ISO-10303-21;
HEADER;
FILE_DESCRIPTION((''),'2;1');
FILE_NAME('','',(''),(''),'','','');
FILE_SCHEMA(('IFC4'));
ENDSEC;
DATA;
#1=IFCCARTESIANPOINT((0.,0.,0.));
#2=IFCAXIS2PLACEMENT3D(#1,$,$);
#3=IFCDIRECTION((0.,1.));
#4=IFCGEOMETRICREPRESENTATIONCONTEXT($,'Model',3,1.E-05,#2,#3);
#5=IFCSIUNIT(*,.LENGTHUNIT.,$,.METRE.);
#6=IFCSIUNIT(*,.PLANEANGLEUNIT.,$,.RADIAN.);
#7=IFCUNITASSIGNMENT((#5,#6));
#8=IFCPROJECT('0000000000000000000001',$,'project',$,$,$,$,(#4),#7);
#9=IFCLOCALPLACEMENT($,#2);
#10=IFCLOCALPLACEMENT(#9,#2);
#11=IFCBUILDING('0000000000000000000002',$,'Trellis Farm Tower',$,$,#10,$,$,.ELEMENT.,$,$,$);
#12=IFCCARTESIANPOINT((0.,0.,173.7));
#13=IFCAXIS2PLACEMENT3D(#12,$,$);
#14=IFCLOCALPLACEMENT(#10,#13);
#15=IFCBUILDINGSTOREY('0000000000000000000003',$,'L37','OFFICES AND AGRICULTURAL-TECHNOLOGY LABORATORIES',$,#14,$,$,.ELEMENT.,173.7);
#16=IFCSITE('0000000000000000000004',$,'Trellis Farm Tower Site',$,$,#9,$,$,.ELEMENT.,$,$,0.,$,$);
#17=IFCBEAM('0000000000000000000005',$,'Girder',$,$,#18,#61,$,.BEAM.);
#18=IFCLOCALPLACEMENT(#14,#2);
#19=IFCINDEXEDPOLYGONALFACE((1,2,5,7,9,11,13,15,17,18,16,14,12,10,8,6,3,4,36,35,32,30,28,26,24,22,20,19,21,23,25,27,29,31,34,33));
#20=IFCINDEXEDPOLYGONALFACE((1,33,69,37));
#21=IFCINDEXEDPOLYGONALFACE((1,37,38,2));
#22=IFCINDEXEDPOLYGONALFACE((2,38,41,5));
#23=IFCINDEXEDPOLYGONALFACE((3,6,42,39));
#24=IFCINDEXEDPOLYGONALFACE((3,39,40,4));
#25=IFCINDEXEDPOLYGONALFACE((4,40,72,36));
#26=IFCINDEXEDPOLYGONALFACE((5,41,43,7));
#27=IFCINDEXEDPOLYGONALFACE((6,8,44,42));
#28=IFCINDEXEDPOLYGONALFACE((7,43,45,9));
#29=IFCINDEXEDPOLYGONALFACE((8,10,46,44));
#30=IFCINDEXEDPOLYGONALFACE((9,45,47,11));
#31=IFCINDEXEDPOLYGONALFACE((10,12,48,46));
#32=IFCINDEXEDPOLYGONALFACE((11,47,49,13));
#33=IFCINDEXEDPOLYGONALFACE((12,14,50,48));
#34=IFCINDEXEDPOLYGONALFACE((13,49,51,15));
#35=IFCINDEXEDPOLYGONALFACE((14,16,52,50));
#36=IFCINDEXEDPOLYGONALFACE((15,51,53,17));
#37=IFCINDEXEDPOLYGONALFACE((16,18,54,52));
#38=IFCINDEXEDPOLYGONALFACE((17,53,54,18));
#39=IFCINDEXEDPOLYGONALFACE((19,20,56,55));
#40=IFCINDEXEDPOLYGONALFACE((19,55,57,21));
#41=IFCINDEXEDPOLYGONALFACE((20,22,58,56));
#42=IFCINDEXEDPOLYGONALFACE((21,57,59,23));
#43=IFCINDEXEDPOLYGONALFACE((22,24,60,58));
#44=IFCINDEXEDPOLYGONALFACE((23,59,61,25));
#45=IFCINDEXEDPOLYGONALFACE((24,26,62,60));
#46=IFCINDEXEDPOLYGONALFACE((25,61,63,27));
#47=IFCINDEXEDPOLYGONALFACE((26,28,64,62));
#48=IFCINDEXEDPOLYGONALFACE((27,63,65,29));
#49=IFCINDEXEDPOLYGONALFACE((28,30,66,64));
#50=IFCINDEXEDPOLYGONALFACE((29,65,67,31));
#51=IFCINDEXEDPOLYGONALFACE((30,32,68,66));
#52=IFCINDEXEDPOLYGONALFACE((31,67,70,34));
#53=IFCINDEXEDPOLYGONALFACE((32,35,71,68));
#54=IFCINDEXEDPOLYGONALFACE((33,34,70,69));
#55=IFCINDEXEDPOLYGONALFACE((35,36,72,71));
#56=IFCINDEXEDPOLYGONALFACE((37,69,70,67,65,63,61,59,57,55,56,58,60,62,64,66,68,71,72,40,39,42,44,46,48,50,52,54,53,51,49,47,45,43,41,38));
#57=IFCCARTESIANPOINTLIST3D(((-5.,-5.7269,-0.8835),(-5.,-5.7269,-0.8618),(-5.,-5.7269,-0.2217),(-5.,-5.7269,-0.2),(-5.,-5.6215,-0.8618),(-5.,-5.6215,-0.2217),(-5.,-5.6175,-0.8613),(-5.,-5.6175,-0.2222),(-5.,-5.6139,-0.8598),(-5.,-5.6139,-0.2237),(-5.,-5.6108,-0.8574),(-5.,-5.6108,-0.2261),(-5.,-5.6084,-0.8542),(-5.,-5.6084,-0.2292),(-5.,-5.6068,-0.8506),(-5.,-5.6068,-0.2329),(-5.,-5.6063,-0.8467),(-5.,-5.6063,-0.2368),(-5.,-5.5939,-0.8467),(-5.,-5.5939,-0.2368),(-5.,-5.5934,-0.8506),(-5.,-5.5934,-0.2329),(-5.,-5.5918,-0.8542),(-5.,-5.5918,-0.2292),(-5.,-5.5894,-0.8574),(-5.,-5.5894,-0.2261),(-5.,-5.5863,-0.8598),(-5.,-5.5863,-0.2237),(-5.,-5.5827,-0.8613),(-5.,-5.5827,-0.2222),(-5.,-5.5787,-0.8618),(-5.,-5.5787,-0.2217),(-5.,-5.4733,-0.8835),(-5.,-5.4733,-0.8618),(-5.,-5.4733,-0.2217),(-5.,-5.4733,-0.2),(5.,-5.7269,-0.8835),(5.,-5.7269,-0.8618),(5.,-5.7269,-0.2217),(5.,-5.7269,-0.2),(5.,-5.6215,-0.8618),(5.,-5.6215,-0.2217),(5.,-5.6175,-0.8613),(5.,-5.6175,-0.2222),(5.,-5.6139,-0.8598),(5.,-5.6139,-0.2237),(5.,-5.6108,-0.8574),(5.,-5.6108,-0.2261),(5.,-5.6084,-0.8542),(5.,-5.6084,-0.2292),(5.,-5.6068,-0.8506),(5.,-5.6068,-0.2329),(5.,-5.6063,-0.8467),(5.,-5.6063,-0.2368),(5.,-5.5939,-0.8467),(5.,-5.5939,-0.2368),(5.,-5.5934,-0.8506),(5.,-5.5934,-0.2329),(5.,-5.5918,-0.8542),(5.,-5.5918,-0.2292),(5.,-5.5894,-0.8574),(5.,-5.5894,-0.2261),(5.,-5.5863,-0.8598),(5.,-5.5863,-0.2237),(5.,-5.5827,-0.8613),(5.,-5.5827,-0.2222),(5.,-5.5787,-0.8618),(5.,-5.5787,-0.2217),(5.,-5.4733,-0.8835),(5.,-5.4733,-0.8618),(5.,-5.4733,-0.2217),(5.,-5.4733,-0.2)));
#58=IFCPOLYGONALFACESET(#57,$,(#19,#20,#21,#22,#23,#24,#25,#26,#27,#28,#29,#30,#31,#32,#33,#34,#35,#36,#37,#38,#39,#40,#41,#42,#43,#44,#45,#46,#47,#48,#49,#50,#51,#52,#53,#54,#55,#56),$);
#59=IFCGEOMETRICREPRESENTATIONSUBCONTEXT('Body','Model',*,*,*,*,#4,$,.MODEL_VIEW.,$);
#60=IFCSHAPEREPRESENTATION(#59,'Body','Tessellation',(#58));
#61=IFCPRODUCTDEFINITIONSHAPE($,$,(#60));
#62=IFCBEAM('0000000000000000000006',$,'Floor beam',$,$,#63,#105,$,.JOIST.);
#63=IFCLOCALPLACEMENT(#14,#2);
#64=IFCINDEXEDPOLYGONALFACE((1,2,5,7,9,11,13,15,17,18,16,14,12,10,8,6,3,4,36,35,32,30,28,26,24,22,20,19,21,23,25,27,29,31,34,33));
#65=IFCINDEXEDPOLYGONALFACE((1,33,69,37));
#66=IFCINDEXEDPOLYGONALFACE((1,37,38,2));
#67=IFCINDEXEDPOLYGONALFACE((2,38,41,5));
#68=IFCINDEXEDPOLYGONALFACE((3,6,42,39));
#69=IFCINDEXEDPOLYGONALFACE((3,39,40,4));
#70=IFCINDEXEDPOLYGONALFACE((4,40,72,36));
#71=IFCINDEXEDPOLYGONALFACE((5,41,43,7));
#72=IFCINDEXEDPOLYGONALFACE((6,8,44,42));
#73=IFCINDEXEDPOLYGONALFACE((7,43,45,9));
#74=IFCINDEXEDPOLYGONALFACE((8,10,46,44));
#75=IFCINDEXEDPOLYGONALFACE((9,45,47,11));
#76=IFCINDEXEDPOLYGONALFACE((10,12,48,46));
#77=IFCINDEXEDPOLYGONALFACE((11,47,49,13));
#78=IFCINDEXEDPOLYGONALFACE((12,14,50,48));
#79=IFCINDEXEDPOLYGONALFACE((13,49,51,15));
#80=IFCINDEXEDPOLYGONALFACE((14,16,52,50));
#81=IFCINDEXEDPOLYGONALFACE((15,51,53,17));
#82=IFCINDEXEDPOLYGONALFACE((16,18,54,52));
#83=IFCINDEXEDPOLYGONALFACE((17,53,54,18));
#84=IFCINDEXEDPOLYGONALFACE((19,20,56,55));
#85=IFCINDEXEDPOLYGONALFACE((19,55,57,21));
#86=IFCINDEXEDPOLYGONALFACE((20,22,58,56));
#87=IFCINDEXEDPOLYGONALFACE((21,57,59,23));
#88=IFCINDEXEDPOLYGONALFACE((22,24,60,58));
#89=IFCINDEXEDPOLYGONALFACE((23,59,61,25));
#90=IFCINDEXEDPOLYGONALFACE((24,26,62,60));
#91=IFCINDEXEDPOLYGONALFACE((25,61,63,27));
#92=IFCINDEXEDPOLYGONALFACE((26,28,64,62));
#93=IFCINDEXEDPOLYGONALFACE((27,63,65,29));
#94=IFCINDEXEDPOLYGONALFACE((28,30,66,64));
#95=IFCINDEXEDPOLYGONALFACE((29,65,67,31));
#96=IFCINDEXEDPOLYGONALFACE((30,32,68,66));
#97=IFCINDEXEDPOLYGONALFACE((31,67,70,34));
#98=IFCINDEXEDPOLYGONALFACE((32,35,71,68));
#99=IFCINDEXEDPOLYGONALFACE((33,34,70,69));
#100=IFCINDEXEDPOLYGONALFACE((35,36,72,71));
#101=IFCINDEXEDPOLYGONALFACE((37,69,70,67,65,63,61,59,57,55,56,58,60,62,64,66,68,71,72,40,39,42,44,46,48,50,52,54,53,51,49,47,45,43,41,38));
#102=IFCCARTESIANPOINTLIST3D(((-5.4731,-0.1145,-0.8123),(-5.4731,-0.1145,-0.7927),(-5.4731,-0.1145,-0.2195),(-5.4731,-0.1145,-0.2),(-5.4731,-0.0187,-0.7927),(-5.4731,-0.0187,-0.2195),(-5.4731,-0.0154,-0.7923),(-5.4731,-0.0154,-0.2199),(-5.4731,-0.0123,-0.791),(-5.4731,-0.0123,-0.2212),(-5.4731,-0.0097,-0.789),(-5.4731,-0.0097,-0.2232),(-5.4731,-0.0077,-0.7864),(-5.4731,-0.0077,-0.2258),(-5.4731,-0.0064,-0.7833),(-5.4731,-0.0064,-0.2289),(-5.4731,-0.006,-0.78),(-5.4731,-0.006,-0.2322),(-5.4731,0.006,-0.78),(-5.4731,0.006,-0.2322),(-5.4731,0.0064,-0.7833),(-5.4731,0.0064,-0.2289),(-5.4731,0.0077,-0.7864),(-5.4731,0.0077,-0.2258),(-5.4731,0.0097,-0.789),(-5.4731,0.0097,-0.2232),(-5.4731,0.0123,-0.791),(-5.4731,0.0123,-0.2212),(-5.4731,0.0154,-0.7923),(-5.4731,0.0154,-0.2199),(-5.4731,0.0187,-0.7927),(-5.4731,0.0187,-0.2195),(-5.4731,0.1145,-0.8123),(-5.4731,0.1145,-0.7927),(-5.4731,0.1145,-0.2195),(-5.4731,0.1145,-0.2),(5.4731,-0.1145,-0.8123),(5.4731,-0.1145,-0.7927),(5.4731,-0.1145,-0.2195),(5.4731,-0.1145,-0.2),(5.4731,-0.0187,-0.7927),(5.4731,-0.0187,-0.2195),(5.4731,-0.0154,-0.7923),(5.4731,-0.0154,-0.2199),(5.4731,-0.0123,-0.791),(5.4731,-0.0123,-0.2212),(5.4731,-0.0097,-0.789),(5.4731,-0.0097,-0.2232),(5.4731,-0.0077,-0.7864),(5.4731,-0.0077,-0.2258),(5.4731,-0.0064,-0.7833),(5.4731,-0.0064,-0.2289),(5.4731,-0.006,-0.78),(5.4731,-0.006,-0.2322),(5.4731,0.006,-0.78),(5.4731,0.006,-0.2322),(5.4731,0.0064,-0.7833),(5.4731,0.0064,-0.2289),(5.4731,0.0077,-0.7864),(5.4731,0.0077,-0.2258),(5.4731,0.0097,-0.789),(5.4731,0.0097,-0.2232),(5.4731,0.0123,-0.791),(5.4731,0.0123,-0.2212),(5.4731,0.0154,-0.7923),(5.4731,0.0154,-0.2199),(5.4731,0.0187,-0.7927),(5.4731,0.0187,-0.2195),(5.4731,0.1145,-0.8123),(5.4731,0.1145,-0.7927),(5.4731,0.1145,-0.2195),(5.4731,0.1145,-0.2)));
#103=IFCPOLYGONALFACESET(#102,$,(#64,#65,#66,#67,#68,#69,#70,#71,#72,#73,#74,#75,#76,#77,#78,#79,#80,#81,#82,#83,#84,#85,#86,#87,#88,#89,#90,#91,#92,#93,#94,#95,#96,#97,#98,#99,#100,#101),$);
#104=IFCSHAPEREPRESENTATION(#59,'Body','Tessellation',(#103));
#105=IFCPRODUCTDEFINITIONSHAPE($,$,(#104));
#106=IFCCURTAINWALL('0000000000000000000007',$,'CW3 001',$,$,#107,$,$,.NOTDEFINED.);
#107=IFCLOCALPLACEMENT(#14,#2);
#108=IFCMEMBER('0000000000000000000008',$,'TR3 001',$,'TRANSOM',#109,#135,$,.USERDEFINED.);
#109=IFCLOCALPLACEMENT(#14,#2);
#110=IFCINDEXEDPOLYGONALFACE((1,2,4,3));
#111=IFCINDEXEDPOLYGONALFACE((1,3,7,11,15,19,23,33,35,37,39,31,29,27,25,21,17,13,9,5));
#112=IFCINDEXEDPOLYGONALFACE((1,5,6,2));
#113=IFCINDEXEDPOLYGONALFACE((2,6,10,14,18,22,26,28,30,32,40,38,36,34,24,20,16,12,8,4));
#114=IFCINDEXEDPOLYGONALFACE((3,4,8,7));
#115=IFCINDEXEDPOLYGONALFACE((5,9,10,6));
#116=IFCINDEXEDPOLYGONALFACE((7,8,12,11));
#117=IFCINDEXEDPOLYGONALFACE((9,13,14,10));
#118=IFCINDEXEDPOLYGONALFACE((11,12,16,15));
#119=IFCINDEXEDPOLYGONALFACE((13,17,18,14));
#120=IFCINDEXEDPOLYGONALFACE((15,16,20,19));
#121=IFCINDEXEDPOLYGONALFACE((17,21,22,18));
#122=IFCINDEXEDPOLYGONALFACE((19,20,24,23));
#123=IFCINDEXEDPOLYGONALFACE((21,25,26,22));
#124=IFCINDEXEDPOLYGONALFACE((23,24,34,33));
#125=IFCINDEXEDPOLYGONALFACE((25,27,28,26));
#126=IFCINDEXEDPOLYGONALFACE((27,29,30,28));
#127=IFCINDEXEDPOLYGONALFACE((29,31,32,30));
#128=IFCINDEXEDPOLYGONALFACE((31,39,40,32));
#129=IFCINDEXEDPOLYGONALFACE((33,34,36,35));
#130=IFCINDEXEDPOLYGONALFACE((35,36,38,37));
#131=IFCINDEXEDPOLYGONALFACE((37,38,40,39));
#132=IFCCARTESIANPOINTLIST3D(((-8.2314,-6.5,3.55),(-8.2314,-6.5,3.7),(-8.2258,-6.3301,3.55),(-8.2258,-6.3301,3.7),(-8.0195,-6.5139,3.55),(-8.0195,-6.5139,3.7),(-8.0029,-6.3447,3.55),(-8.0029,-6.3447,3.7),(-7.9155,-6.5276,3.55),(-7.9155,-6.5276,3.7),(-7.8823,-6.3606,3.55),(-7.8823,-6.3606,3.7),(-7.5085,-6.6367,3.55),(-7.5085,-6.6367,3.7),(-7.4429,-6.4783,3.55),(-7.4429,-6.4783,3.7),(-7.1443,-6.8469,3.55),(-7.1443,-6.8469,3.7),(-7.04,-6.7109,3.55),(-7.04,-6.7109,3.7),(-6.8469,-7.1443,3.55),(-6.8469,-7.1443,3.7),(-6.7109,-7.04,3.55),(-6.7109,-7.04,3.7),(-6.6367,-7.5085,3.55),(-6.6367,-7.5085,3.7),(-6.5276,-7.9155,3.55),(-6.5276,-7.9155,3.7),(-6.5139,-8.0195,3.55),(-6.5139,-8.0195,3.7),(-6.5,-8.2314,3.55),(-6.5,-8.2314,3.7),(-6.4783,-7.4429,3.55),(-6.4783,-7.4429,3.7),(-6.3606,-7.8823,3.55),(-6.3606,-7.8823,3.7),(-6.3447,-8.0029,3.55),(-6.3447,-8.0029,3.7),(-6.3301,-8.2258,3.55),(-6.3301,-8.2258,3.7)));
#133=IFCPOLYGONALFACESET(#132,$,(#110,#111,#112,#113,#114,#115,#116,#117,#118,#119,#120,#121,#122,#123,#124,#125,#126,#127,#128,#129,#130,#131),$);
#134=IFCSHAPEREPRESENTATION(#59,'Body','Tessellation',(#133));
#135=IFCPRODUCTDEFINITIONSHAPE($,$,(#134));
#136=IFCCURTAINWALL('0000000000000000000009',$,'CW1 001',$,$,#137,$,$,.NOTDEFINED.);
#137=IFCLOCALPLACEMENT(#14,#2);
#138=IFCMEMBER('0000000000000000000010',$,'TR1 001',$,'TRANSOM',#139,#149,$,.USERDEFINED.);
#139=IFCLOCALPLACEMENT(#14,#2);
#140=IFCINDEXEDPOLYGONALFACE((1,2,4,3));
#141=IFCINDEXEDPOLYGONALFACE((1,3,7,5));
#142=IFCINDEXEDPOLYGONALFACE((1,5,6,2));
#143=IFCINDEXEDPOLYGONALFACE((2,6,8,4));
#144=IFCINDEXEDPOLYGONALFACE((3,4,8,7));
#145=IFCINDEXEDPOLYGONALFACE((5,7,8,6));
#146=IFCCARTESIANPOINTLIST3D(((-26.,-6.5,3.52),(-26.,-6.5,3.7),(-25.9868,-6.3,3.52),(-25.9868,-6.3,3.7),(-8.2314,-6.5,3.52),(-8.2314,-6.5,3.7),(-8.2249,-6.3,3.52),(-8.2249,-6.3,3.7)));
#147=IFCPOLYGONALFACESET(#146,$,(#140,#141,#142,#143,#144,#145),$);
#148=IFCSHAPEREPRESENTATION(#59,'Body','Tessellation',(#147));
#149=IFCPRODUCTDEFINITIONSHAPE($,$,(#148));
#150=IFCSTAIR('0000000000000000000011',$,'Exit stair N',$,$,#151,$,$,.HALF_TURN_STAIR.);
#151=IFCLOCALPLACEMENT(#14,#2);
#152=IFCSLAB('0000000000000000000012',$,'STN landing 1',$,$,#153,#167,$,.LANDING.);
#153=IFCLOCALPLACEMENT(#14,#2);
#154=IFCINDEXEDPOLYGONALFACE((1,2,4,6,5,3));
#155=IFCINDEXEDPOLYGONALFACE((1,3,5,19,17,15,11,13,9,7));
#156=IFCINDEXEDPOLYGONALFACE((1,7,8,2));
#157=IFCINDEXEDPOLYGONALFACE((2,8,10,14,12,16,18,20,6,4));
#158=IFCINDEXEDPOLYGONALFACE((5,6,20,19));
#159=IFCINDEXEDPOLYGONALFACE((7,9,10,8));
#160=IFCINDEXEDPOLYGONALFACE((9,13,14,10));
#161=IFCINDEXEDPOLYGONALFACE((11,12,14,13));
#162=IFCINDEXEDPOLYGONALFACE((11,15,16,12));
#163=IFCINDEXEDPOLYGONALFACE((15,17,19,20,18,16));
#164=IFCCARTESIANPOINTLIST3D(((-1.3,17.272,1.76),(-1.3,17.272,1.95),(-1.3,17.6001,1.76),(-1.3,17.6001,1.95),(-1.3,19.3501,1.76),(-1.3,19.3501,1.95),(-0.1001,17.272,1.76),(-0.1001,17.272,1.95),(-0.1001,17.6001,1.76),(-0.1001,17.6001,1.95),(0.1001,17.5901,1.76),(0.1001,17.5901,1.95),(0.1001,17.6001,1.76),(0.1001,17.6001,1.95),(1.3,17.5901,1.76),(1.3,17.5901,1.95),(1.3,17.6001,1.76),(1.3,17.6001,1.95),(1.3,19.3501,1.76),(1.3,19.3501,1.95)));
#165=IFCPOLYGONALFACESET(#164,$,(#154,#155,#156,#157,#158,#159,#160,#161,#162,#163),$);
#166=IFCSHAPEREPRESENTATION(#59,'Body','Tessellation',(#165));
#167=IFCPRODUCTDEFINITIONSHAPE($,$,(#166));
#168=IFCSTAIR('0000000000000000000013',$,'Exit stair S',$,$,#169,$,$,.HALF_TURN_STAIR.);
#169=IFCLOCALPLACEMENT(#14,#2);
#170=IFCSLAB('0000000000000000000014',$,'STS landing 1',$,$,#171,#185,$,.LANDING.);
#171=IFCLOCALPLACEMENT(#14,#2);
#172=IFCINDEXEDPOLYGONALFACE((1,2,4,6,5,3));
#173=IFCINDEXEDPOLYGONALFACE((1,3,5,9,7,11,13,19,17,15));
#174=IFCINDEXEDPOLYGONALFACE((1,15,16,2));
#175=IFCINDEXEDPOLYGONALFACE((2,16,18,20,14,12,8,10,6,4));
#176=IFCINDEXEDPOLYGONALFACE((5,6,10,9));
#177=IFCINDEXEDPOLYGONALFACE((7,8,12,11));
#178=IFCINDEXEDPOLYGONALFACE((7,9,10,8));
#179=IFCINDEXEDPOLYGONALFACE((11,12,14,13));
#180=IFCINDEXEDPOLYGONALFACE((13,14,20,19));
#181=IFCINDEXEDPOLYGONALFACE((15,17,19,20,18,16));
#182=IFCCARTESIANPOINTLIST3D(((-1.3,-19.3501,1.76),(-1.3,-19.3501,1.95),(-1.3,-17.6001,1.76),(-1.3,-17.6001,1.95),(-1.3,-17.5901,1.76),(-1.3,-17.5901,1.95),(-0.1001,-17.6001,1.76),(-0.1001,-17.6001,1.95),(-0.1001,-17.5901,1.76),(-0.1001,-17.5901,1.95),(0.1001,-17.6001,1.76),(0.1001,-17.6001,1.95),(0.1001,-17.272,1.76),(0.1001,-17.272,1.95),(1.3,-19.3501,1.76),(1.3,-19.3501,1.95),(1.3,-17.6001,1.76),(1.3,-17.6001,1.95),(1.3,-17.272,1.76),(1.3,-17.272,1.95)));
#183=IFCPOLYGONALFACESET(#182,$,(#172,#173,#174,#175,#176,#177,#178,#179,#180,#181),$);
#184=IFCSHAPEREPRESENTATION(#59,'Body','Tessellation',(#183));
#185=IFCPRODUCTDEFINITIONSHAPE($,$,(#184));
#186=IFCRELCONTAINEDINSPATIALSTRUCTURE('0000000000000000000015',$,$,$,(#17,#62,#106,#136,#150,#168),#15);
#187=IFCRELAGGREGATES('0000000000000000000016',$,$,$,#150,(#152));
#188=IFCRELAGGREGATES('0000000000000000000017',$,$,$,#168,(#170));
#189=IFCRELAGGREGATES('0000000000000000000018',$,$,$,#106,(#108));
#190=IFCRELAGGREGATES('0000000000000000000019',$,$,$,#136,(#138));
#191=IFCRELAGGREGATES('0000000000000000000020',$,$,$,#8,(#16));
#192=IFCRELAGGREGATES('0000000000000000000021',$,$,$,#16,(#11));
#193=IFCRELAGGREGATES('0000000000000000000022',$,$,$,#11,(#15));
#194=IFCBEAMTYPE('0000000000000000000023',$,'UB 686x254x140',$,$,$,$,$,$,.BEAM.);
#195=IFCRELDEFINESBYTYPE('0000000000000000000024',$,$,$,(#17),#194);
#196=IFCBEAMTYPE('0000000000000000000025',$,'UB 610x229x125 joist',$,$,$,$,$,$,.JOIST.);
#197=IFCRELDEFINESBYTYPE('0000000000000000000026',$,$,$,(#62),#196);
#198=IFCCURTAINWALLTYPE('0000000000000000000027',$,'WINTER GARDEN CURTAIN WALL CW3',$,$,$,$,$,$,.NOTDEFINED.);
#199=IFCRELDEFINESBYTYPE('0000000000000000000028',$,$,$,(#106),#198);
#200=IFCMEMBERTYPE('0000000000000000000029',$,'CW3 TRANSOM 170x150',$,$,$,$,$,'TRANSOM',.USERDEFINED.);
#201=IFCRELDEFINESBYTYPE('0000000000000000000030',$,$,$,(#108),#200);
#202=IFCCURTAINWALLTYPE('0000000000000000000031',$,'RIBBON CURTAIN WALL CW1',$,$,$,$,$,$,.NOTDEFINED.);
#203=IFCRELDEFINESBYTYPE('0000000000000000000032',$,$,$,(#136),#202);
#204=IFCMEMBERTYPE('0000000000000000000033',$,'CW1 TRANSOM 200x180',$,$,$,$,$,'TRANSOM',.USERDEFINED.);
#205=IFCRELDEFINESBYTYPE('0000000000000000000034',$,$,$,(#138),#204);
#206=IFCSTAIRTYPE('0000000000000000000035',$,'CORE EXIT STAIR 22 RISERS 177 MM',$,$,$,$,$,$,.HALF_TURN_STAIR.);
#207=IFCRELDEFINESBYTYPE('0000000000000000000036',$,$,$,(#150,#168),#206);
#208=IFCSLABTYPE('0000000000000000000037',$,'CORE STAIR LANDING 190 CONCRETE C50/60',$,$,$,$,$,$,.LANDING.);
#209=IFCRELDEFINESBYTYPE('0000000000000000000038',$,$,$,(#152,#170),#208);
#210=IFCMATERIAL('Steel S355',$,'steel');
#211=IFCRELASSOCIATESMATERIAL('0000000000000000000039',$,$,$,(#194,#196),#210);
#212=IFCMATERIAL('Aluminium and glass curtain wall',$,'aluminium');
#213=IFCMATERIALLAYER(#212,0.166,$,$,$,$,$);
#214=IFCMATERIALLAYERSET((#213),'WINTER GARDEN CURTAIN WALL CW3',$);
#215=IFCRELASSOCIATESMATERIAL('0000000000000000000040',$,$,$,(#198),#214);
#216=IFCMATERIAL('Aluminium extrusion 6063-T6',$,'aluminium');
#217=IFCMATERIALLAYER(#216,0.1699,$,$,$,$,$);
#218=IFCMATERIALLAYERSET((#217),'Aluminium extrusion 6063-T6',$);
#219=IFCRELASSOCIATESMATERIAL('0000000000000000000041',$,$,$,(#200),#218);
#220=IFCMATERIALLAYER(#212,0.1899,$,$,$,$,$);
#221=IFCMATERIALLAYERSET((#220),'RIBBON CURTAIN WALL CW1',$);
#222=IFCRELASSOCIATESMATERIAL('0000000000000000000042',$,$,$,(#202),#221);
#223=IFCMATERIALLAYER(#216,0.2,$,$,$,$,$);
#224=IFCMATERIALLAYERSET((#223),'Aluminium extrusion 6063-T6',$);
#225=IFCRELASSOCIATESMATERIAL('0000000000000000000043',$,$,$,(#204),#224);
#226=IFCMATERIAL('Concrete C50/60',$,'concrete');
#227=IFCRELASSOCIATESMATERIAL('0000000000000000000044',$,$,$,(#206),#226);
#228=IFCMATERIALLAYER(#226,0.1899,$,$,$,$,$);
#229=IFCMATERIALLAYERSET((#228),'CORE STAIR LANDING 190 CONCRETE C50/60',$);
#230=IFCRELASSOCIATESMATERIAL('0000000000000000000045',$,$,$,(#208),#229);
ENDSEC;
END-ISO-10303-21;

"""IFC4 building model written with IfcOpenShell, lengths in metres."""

from ifc_helpers import new_model, si_unit, direction, frame, origin, origin_2d, place, context, subcontext, project, spatial, polyline, i_section, outline, extrude, source, transform, mapped, material, layer, layer_set, material_profile, profile_set, type_object, element, aggregate, save


model = new_model("IFC4")

# Units and contexts
model_context = context("Model", 3, precision=1e-05, world=origin(), true_north=direction((0.0, 1.0)))
body_context = subcontext(model_context, "Body", "Model", "MODEL_VIEW")
ifc_project = project(units=[si_unit("LENGTHUNIT", "METRE"), si_unit("PLANEANGLEUNIT", "RADIAN")], contexts=[model_context])

# Site, building, storey
site_placement = place(None, origin())
site = spatial("IfcSite", under=ifc_project, at=site_placement, Name="Trellis Farm Tower Site", CompositionType="ELEMENT", RefElevation=0.0)
building_placement = place(site_placement, origin())
building = spatial("IfcBuilding", under=site, at=building_placement, Name="Trellis Farm Tower", CompositionType="ELEMENT")
storey_placement = place(building_placement, frame((0.0, 0.0, 173.7)))
storey = spatial("IfcBuildingStorey", under=building, at=storey_placement, Name="L37", Description="OFFICES AND AGRICULTURAL-TECHNOLOGY LABORATORIES", CompositionType="ELEMENT", Elevation=173.7)

# Beams
ifc_material_1 = material(Name="Steel S355", Category="steel")
ifc_material_profile_1 = material_profile(ifc_material_1, i_section(OverallWidth=0.2537, OverallDepth=0.6836, WebThickness=0.0125, FlangeThickness=0.0217, FilletRadius=0.0151, at=origin_2d()), Name="UB 686x254x140")
ifc_profile_set_1 = profile_set([ifc_material_profile_1], Name="Steel S355")
beam_type_1 = type_object("IfcBeamType", Name="UB 686x254x140", PredefinedType="BEAM", material=ifc_profile_set_1)
shared_shape_1 = source(origin(), body_context, "Body", "SweptSolid", [
    extrude(i_section(OverallWidth=0.2537, OverallDepth=0.6836, WebThickness=0.0125, FlangeThickness=0.0217, FilletRadius=0.0151, at=origin_2d()), origin(), (0.0, 0.0, 1.0), 10.0),
])
beam_1_placement = place(storey_placement, frame((-5.0, -5.6001, -0.5417), z_axis=(1.0, 0.0, 0.0), x_axis=(0.0, 1.0, 0.0)))
element("IfcBeam", 1, at=beam_1_placement, inside=storey, type_object=beam_type_1, Name="Girder", PredefinedType="BEAM", context=body_context, shape_type="MappedRepresentation", body=[
    mapped(shared_shape_1, transform((0.0, 0.0, 0.0))),
])
ifc_material_profile_2 = material_profile(ifc_material_1, i_section(OverallWidth=0.229, OverallDepth=0.6123, WebThickness=0.012, FlangeThickness=0.0195, FilletRadius=0.0127, at=origin_2d()), Name="UB 610x229x125")
ifc_profile_set_2 = profile_set([ifc_material_profile_2], Name="Steel S355")
beam_type_2 = type_object("IfcBeamType", Name="UB 610x229x125 joist", PredefinedType="JOIST", material=ifc_profile_set_2)
shared_shape_2 = source(origin(), body_context, "Body", "SweptSolid", [
    extrude(i_section(OverallWidth=0.229, OverallDepth=0.6123, WebThickness=0.012, FlangeThickness=0.0195, FilletRadius=0.0127, at=origin_2d()), origin(), (0.0, 0.0, 1.0), 10.9463),
])
beam_2_placement = place(storey_placement, frame((-5.4731, 0.0, -0.5061), z_axis=(1.0, 0.0, 0.0), x_axis=(0.0, 1.0, 0.0)))
element("IfcBeam", 2, at=beam_2_placement, inside=storey, type_object=beam_type_2, Name="Floor beam", PredefinedType="JOIST", context=body_context, shape_type="MappedRepresentation", body=[
    mapped(shared_shape_2, transform((0.0, 0.0, 0.0))),
])

# Curtain walls, members
ifc_material_2 = material(Name="Aluminium and glass curtain wall", Category="aluminium")
ifc_layer_1 = layer(ifc_material_2, 0.166)
ifc_layer_set_1 = layer_set([ifc_layer_1], Name="WINTER GARDEN CURTAIN WALL CW3")
curtain_wall_type_1 = type_object("IfcCurtainWallType", Name="WINTER GARDEN CURTAIN WALL CW3", PredefinedType="NOTDEFINED", material=ifc_layer_set_1)
placement_1 = place(storey_placement, origin())
curtain_wall_1 = element("IfcCurtainWall", 3, at=placement_1, inside=storey, type_object=curtain_wall_type_1, Name="CW3 001", PredefinedType="NOTDEFINED")
ifc_material_3 = material(Name="Aluminium extrusion 6063-T6", Category="aluminium")
ifc_layer_2 = layer(ifc_material_3, 0.1699)
ifc_layer_set_2 = layer_set([ifc_layer_2], Name="Aluminium extrusion 6063-T6")
member_type_1 = type_object("IfcMemberType", Name="CW3 TRANSOM 170x150", ElementType="TRANSOM", PredefinedType="USERDEFINED", material=ifc_layer_set_2)
shared_shape_3 = source(origin(), body_context, "Body", "SweptSolid", [
    extrude(outline(polyline([(-8.2314, -6.5), (-8.0195, -6.5139), (-7.9155, -6.5276), (-7.5085, -6.6367), (-7.1443, -6.8469), (-6.8469, -7.1443), (-6.6367, -7.5085), (-6.5276, -7.9155), (-6.5139, -8.0195), (-6.5, -8.2314), (-6.3301, -8.2258), (-6.3447, -8.0029), (-6.3606, -7.8823), (-6.4783, -7.4429), (-6.7109, -7.04), (-7.04, -6.7109), (-7.4429, -6.4783), (-7.8823, -6.3606), (-8.0029, -6.3447), (-8.2258, -6.3301), (-8.2314, -6.5)])), origin(), (0.0, 0.0, 1.0), 0.1499),
])
member_1_placement = place(storey_placement, frame((0.0, 0.0, 3.55)))
member_1 = element("IfcMember", 4, at=member_1_placement, type_object=member_type_1, Name="TR3 001", ObjectType="TRANSOM", PredefinedType="USERDEFINED", context=body_context, shape_type="MappedRepresentation", body=[
    mapped(shared_shape_3, transform((0.0, 0.0, 0.0))),
])
ifc_layer_3 = layer(ifc_material_2, 0.1899)
ifc_layer_set_3 = layer_set([ifc_layer_3], Name="RIBBON CURTAIN WALL CW1")
curtain_wall_type_2 = type_object("IfcCurtainWallType", Name="RIBBON CURTAIN WALL CW1", PredefinedType="NOTDEFINED", material=ifc_layer_set_3)
curtain_wall_2 = element("IfcCurtainWall", 5, at=placement_1, inside=storey, type_object=curtain_wall_type_2, Name="CW1 001", PredefinedType="NOTDEFINED")
ifc_layer_4 = layer(ifc_material_3, 0.2)
ifc_layer_set_4 = layer_set([ifc_layer_4], Name="Aluminium extrusion 6063-T6")
member_type_2 = type_object("IfcMemberType", Name="CW1 TRANSOM 200x180", ElementType="TRANSOM", PredefinedType="USERDEFINED", material=ifc_layer_set_4)
shared_shape_4 = source(origin(), body_context, "Body", "SweptSolid", [
    extrude(outline(polyline([(-26.0, -6.5), (-8.2314, -6.5), (-8.2249, -6.3), (-25.9868, -6.3), (-26.0, -6.5)])), origin(), (0.0, 0.0, 1.0), 0.1799),
])
member_2_placement = place(storey_placement, frame((0.0, 0.0, 3.52)))
member_2 = element("IfcMember", 6, at=member_2_placement, type_object=member_type_2, Name="TR1 001", ObjectType="TRANSOM", PredefinedType="USERDEFINED", context=body_context, shape_type="MappedRepresentation", body=[
    mapped(shared_shape_4, transform((0.0, 0.0, 0.0))),
])

# Stairs, slabs
ifc_material_4 = material(Name="Concrete C50/60", Category="concrete")
stair_type = type_object("IfcStairType", Name="CORE EXIT STAIR 22 RISERS 177 MM", PredefinedType="HALF_TURN_STAIR", material=ifc_material_4)
stair_1 = element("IfcStair", 7, at=placement_1, inside=storey, type_object=stair_type, Name="Exit stair N", PredefinedType="HALF_TURN_STAIR")
ifc_layer_5 = layer(ifc_material_4, 0.1899)
ifc_layer_set_5 = layer_set([ifc_layer_5], Name="CORE STAIR LANDING 190 CONCRETE C50/60")
slab_type_1 = type_object("IfcSlabType", Name="CORE STAIR LANDING 190 CONCRETE C50/60", PredefinedType="LANDING", material=ifc_layer_set_5)
shared_shape_5 = source(origin(), body_context, "Body", "SweptSolid", [
    extrude(outline(polyline([(-0.1001, 17.272), (-1.3, 17.272), (-1.3, 17.6001), (-1.3, 19.3501), (1.3, 19.3501), (1.3, 17.6001), (1.3, 17.5901), (0.1001, 17.5901), (0.1001, 17.6001), (-0.1001, 17.6001), (-0.1001, 17.272)])), origin(), (0.0, 0.0, 1.0), 0.1899),
])
placement_2 = place(storey_placement, frame((0.0, 0.0, 1.76)))
slab_1 = element("IfcSlab", 8, at=placement_2, type_object=slab_type_1, Name="STN landing 1", PredefinedType="LANDING", context=body_context, shape_type="MappedRepresentation", body=[
    mapped(shared_shape_5, transform((0.0, 0.0, 0.0))),
])
aggregate(stair_1, [slab_1])
stair_2 = element("IfcStair", 9, at=placement_1, inside=storey, type_object=stair_type, Name="Exit stair S", PredefinedType="HALF_TURN_STAIR")
shared_shape_6 = source(origin(), body_context, "Body", "SweptSolid", [
    extrude(outline(polyline([(1.3, -19.3501), (-1.3, -19.3501), (-1.3, -17.6001), (-1.3, -17.5901), (-0.1001, -17.5901), (-0.1001, -17.6001), (0.1001, -17.6001), (0.1001, -17.272), (1.3, -17.272), (1.3, -17.6001), (1.3, -19.3501)])), origin(), (0.0, 0.0, 1.0), 0.1899),
])
slab_2 = element("IfcSlab", 10, at=placement_2, type_object=slab_type_1, Name="STS landing 1", PredefinedType="LANDING", context=body_context, shape_type="MappedRepresentation", body=[
    mapped(shared_shape_6, transform((0.0, 0.0, 0.0))),
])
aggregate(stair_2, [slab_2])

aggregate(curtain_wall_1, [member_1])
aggregate(curtain_wall_2, [member_2])

save(model, "model.ifc")
